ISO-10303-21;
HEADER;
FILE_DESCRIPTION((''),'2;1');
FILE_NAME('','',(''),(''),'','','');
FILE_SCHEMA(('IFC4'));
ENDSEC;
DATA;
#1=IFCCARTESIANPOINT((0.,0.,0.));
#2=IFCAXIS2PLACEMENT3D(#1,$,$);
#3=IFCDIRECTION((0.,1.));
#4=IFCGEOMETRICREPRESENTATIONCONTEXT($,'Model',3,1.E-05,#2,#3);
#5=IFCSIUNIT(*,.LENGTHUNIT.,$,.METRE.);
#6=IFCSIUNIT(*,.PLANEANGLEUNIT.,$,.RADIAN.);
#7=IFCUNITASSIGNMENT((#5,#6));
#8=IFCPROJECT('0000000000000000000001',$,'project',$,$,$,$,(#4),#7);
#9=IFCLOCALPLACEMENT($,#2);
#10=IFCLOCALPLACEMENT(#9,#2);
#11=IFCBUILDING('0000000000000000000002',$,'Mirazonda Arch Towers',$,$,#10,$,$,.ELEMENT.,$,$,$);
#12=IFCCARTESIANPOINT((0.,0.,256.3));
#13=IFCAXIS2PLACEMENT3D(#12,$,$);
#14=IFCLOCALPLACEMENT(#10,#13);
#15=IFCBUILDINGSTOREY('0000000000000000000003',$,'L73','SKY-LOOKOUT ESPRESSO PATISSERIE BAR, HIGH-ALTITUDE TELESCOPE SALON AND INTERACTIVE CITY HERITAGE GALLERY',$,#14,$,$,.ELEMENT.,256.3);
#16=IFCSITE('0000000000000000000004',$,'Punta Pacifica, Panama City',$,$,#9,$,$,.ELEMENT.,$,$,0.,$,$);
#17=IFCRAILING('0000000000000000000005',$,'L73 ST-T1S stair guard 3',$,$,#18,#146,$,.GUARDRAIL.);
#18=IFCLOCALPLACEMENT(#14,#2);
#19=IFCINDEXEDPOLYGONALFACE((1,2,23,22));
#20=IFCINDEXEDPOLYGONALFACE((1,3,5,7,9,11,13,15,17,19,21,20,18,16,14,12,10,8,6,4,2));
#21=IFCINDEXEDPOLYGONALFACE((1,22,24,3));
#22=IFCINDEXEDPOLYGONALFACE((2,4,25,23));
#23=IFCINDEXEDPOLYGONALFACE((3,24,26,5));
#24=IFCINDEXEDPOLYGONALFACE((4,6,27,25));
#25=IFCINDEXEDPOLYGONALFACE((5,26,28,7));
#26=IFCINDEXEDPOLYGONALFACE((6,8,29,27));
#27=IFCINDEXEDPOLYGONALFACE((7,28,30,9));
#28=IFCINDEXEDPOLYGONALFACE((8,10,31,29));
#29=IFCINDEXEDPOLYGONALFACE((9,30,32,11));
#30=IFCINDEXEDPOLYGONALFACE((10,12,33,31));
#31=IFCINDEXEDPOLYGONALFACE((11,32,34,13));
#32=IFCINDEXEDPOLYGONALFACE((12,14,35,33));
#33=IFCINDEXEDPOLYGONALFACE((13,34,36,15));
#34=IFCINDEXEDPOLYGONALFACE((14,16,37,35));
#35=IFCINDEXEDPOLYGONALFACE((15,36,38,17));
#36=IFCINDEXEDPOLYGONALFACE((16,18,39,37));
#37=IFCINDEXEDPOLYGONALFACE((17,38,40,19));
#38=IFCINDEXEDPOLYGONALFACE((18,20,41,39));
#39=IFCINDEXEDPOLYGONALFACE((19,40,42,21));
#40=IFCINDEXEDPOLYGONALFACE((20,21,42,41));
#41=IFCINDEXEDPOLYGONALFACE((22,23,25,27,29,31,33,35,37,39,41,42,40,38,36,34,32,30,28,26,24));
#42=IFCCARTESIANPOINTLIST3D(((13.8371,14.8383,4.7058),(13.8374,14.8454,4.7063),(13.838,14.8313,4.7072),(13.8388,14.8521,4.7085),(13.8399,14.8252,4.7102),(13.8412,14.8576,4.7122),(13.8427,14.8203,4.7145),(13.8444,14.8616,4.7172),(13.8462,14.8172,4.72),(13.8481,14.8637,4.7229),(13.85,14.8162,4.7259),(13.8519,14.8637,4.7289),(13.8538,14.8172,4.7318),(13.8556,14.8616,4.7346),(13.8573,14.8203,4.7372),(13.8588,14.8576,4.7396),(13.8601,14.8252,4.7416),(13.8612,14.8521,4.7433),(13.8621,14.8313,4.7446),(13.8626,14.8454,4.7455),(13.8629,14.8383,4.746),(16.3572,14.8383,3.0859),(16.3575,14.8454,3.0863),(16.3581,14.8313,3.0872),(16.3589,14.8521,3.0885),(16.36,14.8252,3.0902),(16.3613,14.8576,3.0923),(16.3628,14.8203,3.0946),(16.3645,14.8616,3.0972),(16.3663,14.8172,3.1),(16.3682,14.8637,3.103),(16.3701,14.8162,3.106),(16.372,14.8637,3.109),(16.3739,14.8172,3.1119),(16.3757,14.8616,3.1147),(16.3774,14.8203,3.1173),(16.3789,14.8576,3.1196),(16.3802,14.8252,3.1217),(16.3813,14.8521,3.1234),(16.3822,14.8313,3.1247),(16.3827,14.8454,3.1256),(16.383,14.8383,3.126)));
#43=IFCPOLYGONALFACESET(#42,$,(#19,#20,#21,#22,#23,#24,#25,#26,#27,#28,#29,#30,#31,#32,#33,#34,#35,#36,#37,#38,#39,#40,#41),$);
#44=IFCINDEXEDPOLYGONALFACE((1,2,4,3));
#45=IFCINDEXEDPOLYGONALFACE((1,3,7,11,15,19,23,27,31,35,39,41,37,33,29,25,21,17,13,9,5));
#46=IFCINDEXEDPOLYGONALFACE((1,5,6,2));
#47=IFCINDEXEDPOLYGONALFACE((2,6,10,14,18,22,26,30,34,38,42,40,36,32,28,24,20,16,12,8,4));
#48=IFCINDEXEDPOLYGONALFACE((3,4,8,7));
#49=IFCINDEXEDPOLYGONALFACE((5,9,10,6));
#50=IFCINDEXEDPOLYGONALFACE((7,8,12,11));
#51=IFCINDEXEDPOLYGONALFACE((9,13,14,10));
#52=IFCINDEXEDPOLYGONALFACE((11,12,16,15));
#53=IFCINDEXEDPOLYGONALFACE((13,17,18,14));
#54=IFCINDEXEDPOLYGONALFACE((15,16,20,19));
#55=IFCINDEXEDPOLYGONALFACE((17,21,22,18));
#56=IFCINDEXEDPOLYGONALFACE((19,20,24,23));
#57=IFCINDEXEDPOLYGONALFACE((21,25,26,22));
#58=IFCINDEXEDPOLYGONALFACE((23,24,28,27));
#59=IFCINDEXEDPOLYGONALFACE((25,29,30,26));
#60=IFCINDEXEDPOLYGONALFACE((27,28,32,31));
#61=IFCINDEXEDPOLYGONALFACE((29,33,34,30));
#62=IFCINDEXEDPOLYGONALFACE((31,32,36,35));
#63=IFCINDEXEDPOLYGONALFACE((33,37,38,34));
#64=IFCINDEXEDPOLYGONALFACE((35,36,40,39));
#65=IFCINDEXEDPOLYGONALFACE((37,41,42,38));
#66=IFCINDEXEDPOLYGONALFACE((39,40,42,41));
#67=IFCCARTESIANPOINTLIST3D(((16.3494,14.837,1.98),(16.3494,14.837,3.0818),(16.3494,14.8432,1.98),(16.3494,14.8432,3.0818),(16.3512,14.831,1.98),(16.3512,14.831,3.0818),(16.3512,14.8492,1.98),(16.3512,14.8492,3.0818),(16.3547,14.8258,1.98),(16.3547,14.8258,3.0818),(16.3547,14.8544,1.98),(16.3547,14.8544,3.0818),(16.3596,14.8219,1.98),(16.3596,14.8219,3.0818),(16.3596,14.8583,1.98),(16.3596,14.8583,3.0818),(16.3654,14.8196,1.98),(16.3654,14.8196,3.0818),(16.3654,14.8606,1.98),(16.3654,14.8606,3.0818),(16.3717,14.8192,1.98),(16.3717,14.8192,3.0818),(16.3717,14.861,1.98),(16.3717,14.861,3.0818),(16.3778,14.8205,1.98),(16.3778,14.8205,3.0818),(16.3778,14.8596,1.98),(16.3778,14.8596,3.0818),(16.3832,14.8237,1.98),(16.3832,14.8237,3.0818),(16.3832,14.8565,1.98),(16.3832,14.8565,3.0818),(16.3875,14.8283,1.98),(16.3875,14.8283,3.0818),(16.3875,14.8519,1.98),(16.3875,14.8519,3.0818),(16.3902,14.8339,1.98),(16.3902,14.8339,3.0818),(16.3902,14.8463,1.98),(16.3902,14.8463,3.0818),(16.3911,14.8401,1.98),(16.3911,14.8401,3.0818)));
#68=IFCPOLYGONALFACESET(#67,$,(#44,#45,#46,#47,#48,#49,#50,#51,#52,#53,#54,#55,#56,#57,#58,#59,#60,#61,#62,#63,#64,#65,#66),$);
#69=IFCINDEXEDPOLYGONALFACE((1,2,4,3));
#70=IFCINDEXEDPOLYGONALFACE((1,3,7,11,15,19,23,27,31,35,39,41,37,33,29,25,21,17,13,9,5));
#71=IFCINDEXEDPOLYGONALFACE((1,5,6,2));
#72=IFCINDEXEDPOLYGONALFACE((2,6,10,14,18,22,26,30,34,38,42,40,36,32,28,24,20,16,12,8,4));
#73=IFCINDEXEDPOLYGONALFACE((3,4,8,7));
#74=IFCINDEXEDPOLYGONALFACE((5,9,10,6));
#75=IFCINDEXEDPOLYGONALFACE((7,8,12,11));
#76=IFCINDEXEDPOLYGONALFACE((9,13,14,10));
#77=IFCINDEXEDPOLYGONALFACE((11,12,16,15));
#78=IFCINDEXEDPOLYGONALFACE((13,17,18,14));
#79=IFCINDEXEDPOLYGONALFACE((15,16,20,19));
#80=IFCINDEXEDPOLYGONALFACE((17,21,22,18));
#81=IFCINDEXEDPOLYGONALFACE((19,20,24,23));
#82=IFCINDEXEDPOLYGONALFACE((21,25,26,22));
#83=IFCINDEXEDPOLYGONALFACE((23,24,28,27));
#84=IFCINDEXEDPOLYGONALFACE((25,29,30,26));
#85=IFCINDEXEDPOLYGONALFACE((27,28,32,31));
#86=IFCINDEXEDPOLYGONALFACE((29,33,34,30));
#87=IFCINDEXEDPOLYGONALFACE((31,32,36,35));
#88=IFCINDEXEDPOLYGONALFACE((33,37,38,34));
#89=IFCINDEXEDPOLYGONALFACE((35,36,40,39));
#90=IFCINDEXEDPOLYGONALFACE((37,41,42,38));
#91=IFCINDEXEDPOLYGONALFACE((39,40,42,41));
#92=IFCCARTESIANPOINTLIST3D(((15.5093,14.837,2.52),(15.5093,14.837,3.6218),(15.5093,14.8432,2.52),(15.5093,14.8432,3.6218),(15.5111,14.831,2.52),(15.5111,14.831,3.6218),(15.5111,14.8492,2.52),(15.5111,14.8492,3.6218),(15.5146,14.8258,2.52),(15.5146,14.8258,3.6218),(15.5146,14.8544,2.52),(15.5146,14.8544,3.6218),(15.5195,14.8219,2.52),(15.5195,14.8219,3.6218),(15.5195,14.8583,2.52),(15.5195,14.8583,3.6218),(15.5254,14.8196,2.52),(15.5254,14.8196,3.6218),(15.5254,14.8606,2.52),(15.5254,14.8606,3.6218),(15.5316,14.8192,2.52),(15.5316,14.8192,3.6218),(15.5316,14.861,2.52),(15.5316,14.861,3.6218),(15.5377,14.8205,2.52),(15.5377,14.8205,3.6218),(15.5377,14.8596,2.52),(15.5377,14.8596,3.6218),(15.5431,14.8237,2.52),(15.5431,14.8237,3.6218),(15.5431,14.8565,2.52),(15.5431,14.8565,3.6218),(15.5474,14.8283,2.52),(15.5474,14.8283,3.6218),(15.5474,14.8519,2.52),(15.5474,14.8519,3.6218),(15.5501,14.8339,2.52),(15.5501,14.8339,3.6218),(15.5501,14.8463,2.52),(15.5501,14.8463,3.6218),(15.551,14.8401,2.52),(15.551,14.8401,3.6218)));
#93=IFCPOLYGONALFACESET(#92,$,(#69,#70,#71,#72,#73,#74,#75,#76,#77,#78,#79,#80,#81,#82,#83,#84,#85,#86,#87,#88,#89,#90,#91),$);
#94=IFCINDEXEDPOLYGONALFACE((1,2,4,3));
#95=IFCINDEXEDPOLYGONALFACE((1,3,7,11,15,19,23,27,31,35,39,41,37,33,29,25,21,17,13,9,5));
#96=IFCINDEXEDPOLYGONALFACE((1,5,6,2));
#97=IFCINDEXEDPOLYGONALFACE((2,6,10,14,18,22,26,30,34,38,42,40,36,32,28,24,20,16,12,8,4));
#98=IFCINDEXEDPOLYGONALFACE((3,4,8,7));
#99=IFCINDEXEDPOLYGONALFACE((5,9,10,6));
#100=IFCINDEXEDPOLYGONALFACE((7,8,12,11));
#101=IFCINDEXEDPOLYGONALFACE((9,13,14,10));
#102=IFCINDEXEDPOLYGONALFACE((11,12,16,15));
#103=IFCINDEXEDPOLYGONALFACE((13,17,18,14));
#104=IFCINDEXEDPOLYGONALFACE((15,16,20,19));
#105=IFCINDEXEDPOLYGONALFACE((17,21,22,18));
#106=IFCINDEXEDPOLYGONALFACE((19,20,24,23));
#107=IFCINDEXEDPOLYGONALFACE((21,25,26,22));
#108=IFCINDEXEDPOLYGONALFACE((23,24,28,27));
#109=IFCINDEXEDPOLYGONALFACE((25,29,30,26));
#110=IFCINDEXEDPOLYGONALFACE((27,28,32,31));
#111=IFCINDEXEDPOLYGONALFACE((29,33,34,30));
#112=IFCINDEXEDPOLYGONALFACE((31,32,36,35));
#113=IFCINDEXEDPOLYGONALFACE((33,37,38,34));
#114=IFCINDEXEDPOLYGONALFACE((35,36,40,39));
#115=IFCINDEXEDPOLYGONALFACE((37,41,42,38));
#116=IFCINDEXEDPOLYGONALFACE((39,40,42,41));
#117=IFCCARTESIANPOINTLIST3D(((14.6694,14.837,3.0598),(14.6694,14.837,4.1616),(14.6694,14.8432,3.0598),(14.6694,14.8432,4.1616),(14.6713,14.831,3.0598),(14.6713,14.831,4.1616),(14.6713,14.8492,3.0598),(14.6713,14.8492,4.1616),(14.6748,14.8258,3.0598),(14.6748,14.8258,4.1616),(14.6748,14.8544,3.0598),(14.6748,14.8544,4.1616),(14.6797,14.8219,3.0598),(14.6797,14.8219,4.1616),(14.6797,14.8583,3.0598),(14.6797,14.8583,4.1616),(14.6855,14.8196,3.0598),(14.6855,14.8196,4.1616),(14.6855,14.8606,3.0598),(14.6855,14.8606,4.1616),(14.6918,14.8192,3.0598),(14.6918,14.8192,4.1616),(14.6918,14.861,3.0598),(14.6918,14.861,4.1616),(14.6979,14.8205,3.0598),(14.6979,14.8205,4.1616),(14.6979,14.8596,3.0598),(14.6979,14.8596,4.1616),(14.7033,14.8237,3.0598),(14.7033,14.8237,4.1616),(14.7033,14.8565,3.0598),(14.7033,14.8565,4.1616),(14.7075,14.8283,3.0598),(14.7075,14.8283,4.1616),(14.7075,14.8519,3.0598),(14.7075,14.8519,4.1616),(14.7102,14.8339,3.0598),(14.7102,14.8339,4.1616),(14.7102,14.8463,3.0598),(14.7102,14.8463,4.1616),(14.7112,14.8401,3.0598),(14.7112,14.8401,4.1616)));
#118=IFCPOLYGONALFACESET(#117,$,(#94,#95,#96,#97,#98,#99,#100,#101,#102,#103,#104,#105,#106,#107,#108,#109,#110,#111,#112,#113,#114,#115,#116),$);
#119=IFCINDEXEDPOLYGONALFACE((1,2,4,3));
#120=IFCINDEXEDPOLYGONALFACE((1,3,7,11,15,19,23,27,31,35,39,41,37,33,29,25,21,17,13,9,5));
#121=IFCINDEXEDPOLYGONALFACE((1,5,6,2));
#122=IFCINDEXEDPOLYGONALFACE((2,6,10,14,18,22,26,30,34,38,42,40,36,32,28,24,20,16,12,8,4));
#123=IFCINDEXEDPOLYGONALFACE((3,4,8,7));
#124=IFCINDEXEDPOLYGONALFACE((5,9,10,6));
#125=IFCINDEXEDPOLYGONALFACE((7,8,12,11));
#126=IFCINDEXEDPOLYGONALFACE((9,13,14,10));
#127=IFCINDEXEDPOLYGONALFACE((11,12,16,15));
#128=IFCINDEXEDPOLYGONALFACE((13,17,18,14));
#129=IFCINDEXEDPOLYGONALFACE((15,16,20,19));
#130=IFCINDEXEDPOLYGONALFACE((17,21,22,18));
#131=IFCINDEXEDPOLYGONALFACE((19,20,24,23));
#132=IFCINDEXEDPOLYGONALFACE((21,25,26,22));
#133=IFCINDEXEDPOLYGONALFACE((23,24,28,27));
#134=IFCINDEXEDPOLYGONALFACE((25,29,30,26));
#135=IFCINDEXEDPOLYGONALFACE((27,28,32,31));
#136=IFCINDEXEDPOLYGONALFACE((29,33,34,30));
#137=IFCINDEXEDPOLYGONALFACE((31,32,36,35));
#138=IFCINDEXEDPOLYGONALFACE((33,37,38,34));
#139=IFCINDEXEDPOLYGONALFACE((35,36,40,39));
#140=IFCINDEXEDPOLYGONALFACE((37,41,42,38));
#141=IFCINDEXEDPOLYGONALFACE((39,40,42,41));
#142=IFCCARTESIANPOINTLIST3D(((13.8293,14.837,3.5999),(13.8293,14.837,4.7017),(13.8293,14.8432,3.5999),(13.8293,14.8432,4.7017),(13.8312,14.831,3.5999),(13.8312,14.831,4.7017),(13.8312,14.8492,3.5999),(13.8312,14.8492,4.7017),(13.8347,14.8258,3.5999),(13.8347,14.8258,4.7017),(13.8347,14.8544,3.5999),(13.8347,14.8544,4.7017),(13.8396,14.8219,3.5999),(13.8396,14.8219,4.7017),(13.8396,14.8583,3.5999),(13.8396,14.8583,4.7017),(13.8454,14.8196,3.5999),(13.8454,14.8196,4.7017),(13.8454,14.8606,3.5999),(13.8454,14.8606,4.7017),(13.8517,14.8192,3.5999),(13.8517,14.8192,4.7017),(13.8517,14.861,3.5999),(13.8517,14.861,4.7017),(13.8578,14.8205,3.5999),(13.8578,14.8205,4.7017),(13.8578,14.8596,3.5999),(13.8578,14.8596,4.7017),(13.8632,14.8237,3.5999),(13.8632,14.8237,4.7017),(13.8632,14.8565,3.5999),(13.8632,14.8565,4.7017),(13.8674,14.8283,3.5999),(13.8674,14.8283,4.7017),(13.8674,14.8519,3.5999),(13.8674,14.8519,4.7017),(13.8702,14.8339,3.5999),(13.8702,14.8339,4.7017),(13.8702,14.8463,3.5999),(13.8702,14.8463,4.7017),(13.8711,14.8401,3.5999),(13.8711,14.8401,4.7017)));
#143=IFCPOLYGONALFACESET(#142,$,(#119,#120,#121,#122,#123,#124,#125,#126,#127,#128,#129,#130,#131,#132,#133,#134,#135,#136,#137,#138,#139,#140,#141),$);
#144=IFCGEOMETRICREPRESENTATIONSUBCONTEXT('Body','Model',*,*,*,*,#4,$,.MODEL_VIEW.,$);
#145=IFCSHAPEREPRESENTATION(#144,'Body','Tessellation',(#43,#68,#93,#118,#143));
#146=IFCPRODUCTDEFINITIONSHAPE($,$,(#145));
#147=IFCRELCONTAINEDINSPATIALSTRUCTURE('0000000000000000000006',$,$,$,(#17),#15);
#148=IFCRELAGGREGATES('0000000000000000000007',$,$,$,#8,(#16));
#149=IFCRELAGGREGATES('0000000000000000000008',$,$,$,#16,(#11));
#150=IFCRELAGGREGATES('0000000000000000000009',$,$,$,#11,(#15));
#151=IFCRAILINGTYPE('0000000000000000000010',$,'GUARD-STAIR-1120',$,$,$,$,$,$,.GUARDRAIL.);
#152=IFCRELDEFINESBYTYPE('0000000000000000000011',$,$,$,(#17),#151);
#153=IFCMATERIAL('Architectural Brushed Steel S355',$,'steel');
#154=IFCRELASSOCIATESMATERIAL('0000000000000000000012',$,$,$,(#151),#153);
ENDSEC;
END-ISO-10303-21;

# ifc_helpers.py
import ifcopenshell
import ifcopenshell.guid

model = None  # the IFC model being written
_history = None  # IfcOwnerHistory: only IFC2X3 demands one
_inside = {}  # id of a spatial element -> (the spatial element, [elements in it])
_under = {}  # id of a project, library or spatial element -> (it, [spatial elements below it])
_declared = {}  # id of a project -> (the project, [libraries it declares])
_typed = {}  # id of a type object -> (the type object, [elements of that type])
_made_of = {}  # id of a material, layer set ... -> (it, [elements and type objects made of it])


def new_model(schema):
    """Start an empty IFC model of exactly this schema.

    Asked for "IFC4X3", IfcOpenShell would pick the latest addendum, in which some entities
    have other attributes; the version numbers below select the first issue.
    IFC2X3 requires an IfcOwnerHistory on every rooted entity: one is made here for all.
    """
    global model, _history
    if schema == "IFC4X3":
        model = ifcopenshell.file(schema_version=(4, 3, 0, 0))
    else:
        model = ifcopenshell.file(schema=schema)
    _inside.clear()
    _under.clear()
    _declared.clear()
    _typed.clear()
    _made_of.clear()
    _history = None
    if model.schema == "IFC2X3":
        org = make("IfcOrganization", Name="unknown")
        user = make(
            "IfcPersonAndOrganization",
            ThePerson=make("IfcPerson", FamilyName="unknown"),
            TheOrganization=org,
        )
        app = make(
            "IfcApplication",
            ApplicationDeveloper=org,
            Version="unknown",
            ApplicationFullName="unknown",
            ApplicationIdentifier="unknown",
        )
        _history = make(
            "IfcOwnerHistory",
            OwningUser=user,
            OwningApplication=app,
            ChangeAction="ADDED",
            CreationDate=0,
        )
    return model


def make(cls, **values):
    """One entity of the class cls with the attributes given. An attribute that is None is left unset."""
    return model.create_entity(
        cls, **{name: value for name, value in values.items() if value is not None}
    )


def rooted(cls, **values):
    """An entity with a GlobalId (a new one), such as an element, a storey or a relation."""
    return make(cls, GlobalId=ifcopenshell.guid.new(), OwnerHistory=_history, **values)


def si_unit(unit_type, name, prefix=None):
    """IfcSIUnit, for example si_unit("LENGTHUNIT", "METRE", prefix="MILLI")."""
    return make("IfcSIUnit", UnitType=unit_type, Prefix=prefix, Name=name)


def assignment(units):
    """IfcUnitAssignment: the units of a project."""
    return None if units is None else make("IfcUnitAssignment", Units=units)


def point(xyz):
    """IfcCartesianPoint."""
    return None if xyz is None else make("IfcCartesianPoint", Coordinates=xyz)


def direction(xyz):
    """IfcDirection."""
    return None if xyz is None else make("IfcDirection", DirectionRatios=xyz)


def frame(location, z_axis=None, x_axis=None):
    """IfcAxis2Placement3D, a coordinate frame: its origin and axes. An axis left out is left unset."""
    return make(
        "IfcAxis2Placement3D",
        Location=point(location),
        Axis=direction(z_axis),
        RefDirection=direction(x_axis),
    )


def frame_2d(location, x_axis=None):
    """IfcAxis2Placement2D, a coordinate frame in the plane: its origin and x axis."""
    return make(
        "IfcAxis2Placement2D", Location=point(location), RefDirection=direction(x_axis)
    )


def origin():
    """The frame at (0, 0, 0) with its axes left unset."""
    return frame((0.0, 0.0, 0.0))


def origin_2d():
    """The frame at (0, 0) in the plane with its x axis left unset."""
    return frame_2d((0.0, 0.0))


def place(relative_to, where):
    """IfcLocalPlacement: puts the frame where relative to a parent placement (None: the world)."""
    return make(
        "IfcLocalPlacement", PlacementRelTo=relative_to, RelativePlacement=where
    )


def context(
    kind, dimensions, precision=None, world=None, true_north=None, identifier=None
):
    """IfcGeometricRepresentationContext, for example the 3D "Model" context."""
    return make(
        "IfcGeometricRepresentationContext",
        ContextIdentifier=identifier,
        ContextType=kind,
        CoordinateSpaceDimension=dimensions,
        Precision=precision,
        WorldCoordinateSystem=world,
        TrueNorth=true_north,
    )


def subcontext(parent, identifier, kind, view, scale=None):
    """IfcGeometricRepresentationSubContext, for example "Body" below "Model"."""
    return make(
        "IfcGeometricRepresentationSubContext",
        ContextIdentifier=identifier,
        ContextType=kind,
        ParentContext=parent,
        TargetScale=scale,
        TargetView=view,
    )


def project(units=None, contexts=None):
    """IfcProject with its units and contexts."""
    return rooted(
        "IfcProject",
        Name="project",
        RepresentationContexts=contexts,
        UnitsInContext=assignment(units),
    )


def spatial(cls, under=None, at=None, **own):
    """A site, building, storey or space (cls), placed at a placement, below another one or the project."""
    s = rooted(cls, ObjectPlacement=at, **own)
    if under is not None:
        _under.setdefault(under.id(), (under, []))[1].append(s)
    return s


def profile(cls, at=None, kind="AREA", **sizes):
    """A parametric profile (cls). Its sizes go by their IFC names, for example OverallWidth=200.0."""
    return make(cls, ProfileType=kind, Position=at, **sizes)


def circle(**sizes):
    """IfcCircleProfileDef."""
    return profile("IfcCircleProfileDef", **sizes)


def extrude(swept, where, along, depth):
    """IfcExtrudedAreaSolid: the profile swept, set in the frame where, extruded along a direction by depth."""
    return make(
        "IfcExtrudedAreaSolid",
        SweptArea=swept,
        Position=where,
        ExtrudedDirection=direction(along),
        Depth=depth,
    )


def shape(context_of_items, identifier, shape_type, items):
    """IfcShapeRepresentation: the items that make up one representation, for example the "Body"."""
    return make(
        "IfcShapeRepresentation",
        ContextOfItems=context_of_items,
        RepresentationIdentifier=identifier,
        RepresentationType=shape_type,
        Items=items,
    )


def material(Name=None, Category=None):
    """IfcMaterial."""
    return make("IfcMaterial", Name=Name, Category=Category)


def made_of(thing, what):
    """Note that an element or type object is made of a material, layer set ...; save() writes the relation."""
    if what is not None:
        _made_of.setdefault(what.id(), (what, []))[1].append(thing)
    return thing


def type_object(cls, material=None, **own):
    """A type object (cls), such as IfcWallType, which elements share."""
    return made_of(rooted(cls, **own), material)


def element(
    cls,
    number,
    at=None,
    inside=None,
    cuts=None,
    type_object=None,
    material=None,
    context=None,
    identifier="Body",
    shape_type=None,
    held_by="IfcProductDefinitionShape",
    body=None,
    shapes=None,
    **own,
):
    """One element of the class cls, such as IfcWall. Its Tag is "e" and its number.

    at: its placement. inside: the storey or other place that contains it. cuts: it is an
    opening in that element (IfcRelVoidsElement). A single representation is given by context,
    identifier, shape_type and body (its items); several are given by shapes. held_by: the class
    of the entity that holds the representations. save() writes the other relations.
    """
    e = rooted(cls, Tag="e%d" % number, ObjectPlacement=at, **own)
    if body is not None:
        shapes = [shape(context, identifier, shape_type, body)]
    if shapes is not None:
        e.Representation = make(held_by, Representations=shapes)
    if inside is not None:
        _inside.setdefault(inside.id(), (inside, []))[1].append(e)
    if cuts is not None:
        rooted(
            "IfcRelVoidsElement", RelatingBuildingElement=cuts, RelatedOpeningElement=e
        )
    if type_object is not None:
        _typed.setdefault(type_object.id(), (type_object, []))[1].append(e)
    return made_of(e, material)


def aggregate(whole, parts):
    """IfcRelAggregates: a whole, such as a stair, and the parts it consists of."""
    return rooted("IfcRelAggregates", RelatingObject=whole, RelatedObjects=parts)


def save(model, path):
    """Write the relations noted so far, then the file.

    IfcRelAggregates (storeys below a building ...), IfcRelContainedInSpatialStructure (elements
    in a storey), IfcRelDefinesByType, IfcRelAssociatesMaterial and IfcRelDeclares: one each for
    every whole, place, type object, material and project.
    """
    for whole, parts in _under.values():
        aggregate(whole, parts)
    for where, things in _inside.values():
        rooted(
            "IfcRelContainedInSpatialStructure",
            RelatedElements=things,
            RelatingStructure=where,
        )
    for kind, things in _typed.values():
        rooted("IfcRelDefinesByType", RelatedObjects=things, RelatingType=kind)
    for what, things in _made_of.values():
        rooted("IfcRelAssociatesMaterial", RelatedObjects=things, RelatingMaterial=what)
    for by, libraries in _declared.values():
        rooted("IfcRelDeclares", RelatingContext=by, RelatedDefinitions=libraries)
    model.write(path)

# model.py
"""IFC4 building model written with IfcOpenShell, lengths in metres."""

from ifc_helpers import new_model, si_unit, direction, frame, origin, origin_2d, place, context, subcontext, project, spatial, circle, extrude, material, type_object, element, save


model = new_model("IFC4")

# Units and contexts
model_context = context("Model", 3, precision=1e-05, world=origin(), true_north=direction((0.0, 1.0)))
body_context = subcontext(model_context, "Body", "Model", "MODEL_VIEW")
ifc_project = project(units=[si_unit("LENGTHUNIT", "METRE"), si_unit("PLANEANGLEUNIT", "RADIAN")], contexts=[model_context])

# Site, building, storey
site_placement = place(None, origin())
site = spatial("IfcSite", under=ifc_project, at=site_placement, Name="Punta Pacifica, Panama City", CompositionType="ELEMENT", RefElevation=0.0)
building_placement = place(site_placement, origin())
building = spatial("IfcBuilding", under=site, at=building_placement, Name="Mirazonda Arch Towers", CompositionType="ELEMENT")
storey_placement = place(building_placement, frame((0.0, 0.0, 256.3)))
storey = spatial("IfcBuildingStorey", under=building, at=storey_placement, Name="L73", Description="SKY-LOOKOUT ESPRESSO PATISSERIE BAR, HIGH-ALTITUDE TELESCOPE SALON AND INTERACTIVE CITY HERITAGE GALLERY", CompositionType="ELEMENT", Elevation=256.3)

# Railing
ifc_material_1 = material(Name="Architectural Brushed Steel S355", Category="steel")
railing_type_1 = type_object("IfcRailingType", Name="GUARD-STAIR-1120", PredefinedType="GUARDRAIL", material=ifc_material_1)
railing_1_placement = place(storey_placement, frame((16.3701, 14.8401, 1.98)))
element("IfcRailing", 1, at=railing_1_placement, inside=storey, type_object=railing_type_1, Name="L73 ST-T1S stair guard 3", PredefinedType="GUARDRAIL", context=body_context, shape_type="SweptSolid", body=[
    extrude(circle(Radius=0.0239, at=origin_2d()), frame((0.0, 0.0, 1.126), z_axis=(-0.8412, 0.0, 0.540725), x_axis=(0.0, -1.0, 0.0)), (0.0, 0.0, 1.0), 2.9958),
    extrude(circle(Radius=0.021, at=origin_2d()), origin(), (0.0, 0.0, 1.0), 1.1018),
    extrude(circle(Radius=0.021, at=origin_2d()), frame((-0.8401, 0.0, 0.54)), (0.0, 0.0, 1.0), 1.1018),
    extrude(circle(Radius=0.021, at=origin_2d()), frame((-1.6799, 0.0, 1.0798)), (0.0, 0.0, 1.0), 1.1018),
    extrude(circle(Radius=0.021, at=origin_2d()), frame((-2.52, 0.0, 1.6199)), (0.0, 0.0, 1.0), 1.1018),
])

save(model, "model.ifc")
